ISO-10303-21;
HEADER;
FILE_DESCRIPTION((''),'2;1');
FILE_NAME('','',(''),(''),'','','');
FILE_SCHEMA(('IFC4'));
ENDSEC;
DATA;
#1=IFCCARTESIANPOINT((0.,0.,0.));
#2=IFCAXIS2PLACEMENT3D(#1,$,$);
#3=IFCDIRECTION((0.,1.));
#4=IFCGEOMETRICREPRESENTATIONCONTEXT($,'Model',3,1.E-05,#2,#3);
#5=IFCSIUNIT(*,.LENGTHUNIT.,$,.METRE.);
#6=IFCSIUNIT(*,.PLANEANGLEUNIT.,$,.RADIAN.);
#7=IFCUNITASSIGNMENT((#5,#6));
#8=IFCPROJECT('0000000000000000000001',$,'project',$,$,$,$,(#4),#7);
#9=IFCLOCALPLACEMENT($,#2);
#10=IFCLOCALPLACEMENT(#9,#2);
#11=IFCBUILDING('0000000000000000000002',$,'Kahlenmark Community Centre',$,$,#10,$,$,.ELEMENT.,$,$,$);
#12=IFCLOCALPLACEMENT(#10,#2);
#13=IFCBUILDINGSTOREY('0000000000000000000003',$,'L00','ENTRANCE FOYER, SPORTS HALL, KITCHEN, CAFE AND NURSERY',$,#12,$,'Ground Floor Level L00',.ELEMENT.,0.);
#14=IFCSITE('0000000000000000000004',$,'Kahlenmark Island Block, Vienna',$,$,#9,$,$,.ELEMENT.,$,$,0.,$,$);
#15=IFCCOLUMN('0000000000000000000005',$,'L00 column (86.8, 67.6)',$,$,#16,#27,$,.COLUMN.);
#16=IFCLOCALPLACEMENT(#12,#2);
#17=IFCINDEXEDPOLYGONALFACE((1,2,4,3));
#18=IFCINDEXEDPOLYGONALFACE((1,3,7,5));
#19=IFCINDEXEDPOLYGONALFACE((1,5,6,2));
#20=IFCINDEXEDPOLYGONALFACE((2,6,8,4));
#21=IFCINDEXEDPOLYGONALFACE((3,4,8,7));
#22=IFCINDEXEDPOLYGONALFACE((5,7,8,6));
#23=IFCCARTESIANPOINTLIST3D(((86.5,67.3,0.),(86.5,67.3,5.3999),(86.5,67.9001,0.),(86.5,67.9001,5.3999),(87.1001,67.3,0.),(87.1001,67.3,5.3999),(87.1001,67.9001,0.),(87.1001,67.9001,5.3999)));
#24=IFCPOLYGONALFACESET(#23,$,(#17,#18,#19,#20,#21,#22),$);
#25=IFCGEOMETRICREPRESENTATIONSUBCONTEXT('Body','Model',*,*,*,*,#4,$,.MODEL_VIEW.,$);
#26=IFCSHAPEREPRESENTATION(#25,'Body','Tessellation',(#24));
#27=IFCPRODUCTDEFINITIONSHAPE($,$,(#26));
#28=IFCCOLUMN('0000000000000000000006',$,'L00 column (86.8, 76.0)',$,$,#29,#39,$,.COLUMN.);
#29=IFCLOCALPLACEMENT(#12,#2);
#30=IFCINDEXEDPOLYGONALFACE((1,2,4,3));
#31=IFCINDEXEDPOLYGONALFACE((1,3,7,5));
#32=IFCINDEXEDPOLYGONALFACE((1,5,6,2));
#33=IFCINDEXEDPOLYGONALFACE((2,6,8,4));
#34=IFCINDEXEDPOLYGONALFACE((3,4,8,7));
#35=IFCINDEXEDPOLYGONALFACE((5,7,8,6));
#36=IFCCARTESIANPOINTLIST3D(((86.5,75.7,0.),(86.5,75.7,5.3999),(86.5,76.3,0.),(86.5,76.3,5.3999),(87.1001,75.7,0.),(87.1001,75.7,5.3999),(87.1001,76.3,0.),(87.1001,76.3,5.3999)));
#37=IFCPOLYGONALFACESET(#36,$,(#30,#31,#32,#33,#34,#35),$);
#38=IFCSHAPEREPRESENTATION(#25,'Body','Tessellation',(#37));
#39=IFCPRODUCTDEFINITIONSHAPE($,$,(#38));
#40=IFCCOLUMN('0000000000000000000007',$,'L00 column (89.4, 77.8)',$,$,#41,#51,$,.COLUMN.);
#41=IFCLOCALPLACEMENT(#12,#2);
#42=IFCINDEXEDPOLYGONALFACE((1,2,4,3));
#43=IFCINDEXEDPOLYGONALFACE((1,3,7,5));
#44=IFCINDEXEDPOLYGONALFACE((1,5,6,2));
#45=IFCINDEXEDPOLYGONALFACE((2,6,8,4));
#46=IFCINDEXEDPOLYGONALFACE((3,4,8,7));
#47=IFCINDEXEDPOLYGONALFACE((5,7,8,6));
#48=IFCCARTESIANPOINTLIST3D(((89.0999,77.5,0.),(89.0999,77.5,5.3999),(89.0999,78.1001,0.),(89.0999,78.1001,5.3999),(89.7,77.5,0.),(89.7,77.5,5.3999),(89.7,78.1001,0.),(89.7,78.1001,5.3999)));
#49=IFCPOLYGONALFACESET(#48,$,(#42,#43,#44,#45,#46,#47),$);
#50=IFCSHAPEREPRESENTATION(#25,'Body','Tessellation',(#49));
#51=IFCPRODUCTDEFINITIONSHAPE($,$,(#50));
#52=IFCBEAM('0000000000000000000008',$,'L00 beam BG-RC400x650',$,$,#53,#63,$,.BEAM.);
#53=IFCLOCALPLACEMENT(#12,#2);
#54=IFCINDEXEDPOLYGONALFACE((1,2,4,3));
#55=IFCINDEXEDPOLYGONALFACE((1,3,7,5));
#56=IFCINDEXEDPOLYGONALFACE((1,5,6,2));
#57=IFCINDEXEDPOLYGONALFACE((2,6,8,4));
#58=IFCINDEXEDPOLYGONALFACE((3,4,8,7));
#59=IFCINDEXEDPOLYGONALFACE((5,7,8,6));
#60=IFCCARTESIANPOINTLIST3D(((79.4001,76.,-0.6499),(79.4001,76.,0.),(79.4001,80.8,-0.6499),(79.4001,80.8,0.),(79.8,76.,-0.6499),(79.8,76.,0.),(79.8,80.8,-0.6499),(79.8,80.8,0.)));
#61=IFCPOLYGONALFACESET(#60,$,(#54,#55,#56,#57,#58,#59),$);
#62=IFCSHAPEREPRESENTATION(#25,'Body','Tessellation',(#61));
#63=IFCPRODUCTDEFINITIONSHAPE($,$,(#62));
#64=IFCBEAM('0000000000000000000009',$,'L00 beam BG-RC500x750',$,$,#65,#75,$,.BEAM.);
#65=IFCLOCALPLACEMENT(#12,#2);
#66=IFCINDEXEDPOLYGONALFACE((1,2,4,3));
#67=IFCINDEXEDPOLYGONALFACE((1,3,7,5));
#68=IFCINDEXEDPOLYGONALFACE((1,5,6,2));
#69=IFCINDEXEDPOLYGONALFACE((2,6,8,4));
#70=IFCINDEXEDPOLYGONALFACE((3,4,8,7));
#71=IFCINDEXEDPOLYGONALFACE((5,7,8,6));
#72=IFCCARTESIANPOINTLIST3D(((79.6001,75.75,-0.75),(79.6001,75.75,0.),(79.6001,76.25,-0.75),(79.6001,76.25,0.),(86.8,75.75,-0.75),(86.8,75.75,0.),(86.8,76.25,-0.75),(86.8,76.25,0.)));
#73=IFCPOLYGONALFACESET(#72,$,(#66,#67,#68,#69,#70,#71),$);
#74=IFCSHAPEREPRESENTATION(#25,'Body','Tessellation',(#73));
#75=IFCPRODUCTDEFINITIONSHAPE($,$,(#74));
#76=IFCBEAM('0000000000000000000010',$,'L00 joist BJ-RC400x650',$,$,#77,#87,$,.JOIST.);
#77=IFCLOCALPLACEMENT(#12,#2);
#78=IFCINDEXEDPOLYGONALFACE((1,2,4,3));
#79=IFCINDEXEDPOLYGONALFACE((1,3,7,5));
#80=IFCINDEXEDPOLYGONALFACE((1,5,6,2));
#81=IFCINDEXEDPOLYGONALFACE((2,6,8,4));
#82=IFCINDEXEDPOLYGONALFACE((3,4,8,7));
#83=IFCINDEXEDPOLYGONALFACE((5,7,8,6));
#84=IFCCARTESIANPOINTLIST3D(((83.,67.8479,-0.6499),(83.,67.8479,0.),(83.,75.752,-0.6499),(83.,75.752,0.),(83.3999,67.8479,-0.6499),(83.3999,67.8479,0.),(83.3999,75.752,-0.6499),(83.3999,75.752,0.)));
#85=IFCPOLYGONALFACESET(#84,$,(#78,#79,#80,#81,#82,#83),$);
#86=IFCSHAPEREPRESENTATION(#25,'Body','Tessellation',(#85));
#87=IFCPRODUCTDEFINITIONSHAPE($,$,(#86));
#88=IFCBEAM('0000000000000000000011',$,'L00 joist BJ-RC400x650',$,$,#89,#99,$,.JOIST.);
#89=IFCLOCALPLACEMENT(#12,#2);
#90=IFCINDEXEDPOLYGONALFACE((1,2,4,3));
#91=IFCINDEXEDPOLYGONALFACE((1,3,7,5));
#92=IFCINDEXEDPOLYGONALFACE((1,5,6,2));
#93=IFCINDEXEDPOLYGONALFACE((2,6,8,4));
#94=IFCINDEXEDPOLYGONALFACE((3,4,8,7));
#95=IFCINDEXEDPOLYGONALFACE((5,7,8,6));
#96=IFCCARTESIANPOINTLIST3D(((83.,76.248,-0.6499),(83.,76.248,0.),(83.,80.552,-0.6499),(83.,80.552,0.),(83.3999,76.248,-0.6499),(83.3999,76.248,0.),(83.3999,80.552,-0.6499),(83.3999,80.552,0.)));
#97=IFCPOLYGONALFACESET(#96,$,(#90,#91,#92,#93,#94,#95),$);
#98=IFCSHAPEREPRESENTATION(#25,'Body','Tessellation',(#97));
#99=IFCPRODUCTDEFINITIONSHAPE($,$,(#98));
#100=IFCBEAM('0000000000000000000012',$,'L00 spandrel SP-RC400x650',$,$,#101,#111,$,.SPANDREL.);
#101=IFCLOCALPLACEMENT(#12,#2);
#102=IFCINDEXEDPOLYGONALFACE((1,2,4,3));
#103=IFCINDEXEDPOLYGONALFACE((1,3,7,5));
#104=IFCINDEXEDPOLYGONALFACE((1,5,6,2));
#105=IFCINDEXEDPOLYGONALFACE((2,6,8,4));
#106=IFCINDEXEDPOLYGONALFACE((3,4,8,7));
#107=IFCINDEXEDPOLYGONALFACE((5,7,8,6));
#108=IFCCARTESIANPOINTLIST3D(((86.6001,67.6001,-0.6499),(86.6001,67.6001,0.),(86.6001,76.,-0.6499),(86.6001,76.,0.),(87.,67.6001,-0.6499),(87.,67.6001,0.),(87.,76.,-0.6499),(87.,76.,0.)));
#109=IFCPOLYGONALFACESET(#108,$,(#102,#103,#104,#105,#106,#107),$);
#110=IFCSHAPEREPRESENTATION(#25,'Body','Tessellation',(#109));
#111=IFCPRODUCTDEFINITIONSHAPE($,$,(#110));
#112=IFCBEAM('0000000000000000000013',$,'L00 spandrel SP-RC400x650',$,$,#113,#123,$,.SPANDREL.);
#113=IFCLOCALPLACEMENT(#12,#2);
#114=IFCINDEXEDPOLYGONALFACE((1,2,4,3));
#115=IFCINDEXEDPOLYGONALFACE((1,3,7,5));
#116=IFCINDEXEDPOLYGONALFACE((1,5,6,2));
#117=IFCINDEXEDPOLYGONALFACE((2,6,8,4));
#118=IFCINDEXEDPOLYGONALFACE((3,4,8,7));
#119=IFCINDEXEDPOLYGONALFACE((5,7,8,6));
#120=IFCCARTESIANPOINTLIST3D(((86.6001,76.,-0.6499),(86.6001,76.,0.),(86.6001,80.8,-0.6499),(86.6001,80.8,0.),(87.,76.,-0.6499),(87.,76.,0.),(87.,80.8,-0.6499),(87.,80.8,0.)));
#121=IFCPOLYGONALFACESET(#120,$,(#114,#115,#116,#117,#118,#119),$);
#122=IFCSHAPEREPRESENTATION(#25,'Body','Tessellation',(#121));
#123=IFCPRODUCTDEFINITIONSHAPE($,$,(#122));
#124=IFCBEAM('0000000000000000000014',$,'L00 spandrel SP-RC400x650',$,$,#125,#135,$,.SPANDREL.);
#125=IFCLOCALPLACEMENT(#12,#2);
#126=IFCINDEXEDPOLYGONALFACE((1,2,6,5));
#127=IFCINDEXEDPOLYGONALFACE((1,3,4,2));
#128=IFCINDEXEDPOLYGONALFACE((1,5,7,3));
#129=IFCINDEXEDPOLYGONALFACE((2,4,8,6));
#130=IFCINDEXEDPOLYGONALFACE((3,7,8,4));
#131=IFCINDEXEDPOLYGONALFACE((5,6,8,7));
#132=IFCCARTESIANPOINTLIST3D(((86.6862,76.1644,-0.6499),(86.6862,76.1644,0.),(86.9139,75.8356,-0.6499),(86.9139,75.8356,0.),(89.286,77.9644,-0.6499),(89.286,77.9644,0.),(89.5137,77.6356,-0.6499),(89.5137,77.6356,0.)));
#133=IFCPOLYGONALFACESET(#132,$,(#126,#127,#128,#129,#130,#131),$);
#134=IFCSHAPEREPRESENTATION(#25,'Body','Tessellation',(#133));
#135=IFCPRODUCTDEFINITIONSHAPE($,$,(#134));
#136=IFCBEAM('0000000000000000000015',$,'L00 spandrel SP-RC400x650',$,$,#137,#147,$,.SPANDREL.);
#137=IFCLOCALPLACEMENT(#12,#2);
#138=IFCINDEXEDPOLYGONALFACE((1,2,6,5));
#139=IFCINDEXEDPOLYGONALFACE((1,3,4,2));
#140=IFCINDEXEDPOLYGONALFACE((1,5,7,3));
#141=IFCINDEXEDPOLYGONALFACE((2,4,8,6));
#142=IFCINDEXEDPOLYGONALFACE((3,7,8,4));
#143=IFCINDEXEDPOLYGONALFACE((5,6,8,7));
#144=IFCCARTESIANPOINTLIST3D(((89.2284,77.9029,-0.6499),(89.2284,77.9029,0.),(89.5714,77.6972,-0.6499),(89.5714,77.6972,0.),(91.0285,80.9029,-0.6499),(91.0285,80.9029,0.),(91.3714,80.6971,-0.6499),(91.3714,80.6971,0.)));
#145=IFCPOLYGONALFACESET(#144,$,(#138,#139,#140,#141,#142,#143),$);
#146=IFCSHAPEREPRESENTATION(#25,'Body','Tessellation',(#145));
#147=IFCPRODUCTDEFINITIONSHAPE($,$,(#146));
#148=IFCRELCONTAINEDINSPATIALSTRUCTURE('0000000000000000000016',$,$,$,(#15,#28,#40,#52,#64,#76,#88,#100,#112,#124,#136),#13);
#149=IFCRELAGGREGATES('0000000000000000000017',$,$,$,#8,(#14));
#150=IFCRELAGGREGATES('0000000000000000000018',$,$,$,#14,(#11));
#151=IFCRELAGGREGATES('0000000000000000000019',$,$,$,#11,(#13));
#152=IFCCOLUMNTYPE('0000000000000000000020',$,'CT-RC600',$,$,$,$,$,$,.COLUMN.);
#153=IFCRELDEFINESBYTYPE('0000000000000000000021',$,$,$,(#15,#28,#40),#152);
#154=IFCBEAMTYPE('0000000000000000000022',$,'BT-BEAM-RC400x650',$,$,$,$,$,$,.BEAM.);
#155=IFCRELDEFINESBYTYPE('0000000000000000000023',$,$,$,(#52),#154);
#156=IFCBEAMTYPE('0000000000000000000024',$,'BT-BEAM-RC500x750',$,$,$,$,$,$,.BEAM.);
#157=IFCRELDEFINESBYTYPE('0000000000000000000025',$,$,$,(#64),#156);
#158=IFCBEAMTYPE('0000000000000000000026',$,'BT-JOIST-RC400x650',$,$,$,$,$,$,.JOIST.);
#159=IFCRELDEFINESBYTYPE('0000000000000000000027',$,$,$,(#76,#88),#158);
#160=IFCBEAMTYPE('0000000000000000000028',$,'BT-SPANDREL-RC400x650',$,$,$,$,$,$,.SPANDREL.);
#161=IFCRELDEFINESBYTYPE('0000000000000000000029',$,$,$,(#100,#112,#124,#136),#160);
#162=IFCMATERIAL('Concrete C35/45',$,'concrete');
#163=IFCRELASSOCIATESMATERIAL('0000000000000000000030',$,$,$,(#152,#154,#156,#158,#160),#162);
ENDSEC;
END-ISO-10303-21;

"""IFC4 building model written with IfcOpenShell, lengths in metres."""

from ifc_helpers import new_model, si_unit, direction, frame, origin, origin_2d, place, context, subcontext, project, spatial, rectangle, extrude, material, material_profile, profile_set, type_object, element, save


model = new_model("IFC4")

# Units and contexts
model_context = context("Model", 3, precision=1e-05, world=origin(), true_north=direction((0.0, 1.0)))
body_context = subcontext(model_context, "Body", "Model", "MODEL_VIEW")
ifc_project = project(units=[si_unit("LENGTHUNIT", "METRE"), si_unit("PLANEANGLEUNIT", "RADIAN")], contexts=[model_context])

# Site, building, storey
site_placement = place(None, origin())
site = spatial("IfcSite", under=ifc_project, at=site_placement, Name="Kahlenmark Island Block, Vienna", CompositionType="ELEMENT", RefElevation=0.0)
building_placement = place(site_placement, origin())
building = spatial("IfcBuilding", under=site, at=building_placement, Name="Kahlenmark Community Centre", CompositionType="ELEMENT")
storey_placement = place(building_placement, origin())
storey = spatial("IfcBuildingStorey", under=building, at=storey_placement, Name="L00", Description="ENTRANCE FOYER, SPORTS HALL, KITCHEN, CAFE AND NURSERY", LongName="Ground Floor Level L00", CompositionType="ELEMENT", Elevation=0.0)

# Columns
ifc_material_1 = material(Name="Concrete C35/45", Category="concrete")
ifc_material_profile_1 = material_profile(ifc_material_1, rectangle(XDim=0.6001, YDim=0.6001, at=origin_2d()), Name="RC 600x600")
ifc_profile_set_1 = profile_set([ifc_material_profile_1], Name="Concrete C35/45")
column_type = type_object("IfcColumnType", Name="CT-RC600", PredefinedType="COLUMN", material=ifc_profile_set_1)
for number, where, z_axis, x_axis, name in (
    (1, (86.8, 67.6001, 0.0), (0.0, 0.0, 1.0), (1.0, 0.0, 0.0), "L00 column (86.8, 67.6)"),
    (2, (86.8, 76.0, 0.0), (0.0, 0.0, 1.0), (1.0, 0.0, 0.0), "L00 column (86.8, 76.0)"),
    (3, (89.3999, 77.8, 0.0), (0.0, 0.0, 1.0), (1.0, 0.0, 0.0), "L00 column (89.4, 77.8)"),
):
    element("IfcColumn", number, at=place(storey_placement, frame(where, z_axis=z_axis, x_axis=x_axis)), inside=storey, type_object=column_type, Name=name, PredefinedType="COLUMN", context=body_context, shape_type="SweptSolid", body=[
        extrude(rectangle(XDim=0.6001, YDim=0.6001, at=origin_2d()), origin(), (0.0, 0.0, 1.0), 5.3999),
    ])

# Beams
ifc_material_profile_2 = material_profile(ifc_material_1, rectangle(XDim=0.3999, YDim=0.6499, at=origin_2d()), Name="RC 400x650")
ifc_profile_set_2 = profile_set([ifc_material_profile_2], Name="Concrete C35/45")
beam_type_1 = type_object("IfcBeamType", Name="BT-BEAM-RC400x650", PredefinedType="BEAM", material=ifc_profile_set_2)
beam_1_placement = place(storey_placement, frame((79.6001, 76.0, -0.325), z_axis=(0.0, 1.0, 0.0), x_axis=(-1.0, 0.0, 0.0)))
element("IfcBeam", 4, at=beam_1_placement, inside=storey, type_object=beam_type_1, Name="L00 beam BG-RC400x650", PredefinedType="BEAM", context=body_context, shape_type="SweptSolid", body=[
    extrude(rectangle(XDim=0.3999, YDim=0.6499, at=origin_2d()), origin(), (0.0, 0.0, 1.0), 4.8),
])
ifc_material_profile_3 = material_profile(ifc_material_1, rectangle(XDim=0.5, YDim=0.75, at=origin_2d()), Name="RC 500x750")
ifc_profile_set_3 = profile_set([ifc_material_profile_3], Name="Concrete C35/45")
beam_type_2 = type_object("IfcBeamType", Name="BT-BEAM-RC500x750", PredefinedType="BEAM", material=ifc_profile_set_3)
beam_2_placement = place(storey_placement, frame((79.6001, 76.0, -0.375), z_axis=(1.0, 0.0, 0.0), x_axis=(0.0, 1.0, 0.0)))
element("IfcBeam", 5, at=beam_2_placement, inside=storey, type_object=beam_type_2, Name="L00 beam BG-RC500x750", PredefinedType="BEAM", context=body_context, shape_type="SweptSolid", body=[
    extrude(rectangle(XDim=0.5, YDim=0.75, at=origin_2d()), origin(), (0.0, 0.0, 1.0), 7.2),
])
ifc_material_profile_4 = material_profile(ifc_material_1, rectangle(XDim=0.3999, YDim=0.6499, at=origin_2d()), Name="RC 400x650")
ifc_profile_set_4 = profile_set([ifc_material_profile_4], Name="Concrete C35/45")
beam_type_3 = type_object("IfcBeamType", Name="BT-JOIST-RC400x650", PredefinedType="JOIST", material=ifc_profile_set_4)
beam_3_placement = place(storey_placement, frame((83.2, 67.8479, -0.325), z_axis=(0.0, 1.0, 0.0), x_axis=(-1.0, 0.0, 0.0)))
element("IfcBeam", 6, at=beam_3_placement, inside=storey, type_object=beam_type_3, Name="L00 joist BJ-RC400x650", PredefinedType="JOIST", context=body_context, shape_type="SweptSolid", body=[
    extrude(rectangle(XDim=0.3999, YDim=0.6499, at=origin_2d()), origin(), (0.0, 0.0, 1.0), 7.9041),
])
beam_4_placement = place(storey_placement, frame((83.2, 76.248, -0.325), z_axis=(0.0, 1.0, 0.0), x_axis=(-1.0, 0.0, 0.0)))
element("IfcBeam", 7, at=beam_4_placement, inside=storey, type_object=beam_type_3, Name="L00 joist BJ-RC400x650", PredefinedType="JOIST", context=body_context, shape_type="SweptSolid", body=[
    extrude(rectangle(XDim=0.3999, YDim=0.6499, at=origin_2d()), origin(), (0.0, 0.0, 1.0), 4.304),
])
ifc_material_profile_5 = material_profile(ifc_material_1, rectangle(XDim=0.3999, YDim=0.6499, at=origin_2d()), Name="RC 400x650")
ifc_profile_set_5 = profile_set([ifc_material_profile_5], Name="Concrete C35/45")
beam_type_4 = type_object("IfcBeamType", Name="BT-SPANDREL-RC400x650", PredefinedType="SPANDREL", material=ifc_profile_set_5)
beam_5_placement = place(storey_placement, frame((86.8, 67.6001, -0.325), z_axis=(0.0, 1.0, 0.0), x_axis=(-1.0, 0.0, 0.0)))
element("IfcBeam", 8, at=beam_5_placement, inside=storey, type_object=beam_type_4, Name="L00 spandrel SP-RC400x650", PredefinedType="SPANDREL", context=body_context, shape_type="SweptSolid", body=[
    extrude(rectangle(XDim=0.3999, YDim=0.6499, at=origin_2d()), origin(), (0.0, 0.0, 1.0), 8.3999),
])
beam_6_placement = place(storey_placement, frame((86.8, 76.0, -0.325), z_axis=(0.0, 1.0, 0.0), x_axis=(-1.0, 0.0, 0.0)))
element("IfcBeam", 9, at=beam_6_placement, inside=storey, type_object=beam_type_4, Name="L00 spandrel SP-RC400x650", PredefinedType="SPANDREL", context=body_context, shape_type="SweptSolid", body=[
    extrude(rectangle(XDim=0.3999, YDim=0.6499, at=origin_2d()), origin(), (0.0, 0.0, 1.0), 4.8),
])
beam_7_placement = place(storey_placement, frame((86.8, 76.0, -0.325), z_axis=(0.82217, 0.569242, 0.0), x_axis=(-0.569242, 0.82217, 0.0)))
element("IfcBeam", 10, at=beam_7_placement, inside=storey, type_object=beam_type_4, Name="L00 spandrel SP-RC400x650", PredefinedType="SPANDREL", context=body_context, shape_type="SweptSolid", body=[
    extrude(rectangle(XDim=0.3999, YDim=0.6499, at=origin_2d()), origin(), (0.0, 0.0, 1.0), 3.1621),
])
beam_8_placement = place(storey_placement, frame((89.3999, 77.8, -0.325), z_axis=(0.514506, 0.857487, 0.0), x_axis=(-0.857487, 0.514506, 0.0)))
element("IfcBeam", 11, at=beam_8_placement, inside=storey, type_object=beam_type_4, Name="L00 spandrel SP-RC400x650", PredefinedType="SPANDREL", context=body_context, shape_type="SweptSolid", body=[
    extrude(rectangle(XDim=0.3999, YDim=0.6499, at=origin_2d()), origin(), (0.0, 0.0, 1.0), 3.4985),
])

save(model, "model.ifc")
